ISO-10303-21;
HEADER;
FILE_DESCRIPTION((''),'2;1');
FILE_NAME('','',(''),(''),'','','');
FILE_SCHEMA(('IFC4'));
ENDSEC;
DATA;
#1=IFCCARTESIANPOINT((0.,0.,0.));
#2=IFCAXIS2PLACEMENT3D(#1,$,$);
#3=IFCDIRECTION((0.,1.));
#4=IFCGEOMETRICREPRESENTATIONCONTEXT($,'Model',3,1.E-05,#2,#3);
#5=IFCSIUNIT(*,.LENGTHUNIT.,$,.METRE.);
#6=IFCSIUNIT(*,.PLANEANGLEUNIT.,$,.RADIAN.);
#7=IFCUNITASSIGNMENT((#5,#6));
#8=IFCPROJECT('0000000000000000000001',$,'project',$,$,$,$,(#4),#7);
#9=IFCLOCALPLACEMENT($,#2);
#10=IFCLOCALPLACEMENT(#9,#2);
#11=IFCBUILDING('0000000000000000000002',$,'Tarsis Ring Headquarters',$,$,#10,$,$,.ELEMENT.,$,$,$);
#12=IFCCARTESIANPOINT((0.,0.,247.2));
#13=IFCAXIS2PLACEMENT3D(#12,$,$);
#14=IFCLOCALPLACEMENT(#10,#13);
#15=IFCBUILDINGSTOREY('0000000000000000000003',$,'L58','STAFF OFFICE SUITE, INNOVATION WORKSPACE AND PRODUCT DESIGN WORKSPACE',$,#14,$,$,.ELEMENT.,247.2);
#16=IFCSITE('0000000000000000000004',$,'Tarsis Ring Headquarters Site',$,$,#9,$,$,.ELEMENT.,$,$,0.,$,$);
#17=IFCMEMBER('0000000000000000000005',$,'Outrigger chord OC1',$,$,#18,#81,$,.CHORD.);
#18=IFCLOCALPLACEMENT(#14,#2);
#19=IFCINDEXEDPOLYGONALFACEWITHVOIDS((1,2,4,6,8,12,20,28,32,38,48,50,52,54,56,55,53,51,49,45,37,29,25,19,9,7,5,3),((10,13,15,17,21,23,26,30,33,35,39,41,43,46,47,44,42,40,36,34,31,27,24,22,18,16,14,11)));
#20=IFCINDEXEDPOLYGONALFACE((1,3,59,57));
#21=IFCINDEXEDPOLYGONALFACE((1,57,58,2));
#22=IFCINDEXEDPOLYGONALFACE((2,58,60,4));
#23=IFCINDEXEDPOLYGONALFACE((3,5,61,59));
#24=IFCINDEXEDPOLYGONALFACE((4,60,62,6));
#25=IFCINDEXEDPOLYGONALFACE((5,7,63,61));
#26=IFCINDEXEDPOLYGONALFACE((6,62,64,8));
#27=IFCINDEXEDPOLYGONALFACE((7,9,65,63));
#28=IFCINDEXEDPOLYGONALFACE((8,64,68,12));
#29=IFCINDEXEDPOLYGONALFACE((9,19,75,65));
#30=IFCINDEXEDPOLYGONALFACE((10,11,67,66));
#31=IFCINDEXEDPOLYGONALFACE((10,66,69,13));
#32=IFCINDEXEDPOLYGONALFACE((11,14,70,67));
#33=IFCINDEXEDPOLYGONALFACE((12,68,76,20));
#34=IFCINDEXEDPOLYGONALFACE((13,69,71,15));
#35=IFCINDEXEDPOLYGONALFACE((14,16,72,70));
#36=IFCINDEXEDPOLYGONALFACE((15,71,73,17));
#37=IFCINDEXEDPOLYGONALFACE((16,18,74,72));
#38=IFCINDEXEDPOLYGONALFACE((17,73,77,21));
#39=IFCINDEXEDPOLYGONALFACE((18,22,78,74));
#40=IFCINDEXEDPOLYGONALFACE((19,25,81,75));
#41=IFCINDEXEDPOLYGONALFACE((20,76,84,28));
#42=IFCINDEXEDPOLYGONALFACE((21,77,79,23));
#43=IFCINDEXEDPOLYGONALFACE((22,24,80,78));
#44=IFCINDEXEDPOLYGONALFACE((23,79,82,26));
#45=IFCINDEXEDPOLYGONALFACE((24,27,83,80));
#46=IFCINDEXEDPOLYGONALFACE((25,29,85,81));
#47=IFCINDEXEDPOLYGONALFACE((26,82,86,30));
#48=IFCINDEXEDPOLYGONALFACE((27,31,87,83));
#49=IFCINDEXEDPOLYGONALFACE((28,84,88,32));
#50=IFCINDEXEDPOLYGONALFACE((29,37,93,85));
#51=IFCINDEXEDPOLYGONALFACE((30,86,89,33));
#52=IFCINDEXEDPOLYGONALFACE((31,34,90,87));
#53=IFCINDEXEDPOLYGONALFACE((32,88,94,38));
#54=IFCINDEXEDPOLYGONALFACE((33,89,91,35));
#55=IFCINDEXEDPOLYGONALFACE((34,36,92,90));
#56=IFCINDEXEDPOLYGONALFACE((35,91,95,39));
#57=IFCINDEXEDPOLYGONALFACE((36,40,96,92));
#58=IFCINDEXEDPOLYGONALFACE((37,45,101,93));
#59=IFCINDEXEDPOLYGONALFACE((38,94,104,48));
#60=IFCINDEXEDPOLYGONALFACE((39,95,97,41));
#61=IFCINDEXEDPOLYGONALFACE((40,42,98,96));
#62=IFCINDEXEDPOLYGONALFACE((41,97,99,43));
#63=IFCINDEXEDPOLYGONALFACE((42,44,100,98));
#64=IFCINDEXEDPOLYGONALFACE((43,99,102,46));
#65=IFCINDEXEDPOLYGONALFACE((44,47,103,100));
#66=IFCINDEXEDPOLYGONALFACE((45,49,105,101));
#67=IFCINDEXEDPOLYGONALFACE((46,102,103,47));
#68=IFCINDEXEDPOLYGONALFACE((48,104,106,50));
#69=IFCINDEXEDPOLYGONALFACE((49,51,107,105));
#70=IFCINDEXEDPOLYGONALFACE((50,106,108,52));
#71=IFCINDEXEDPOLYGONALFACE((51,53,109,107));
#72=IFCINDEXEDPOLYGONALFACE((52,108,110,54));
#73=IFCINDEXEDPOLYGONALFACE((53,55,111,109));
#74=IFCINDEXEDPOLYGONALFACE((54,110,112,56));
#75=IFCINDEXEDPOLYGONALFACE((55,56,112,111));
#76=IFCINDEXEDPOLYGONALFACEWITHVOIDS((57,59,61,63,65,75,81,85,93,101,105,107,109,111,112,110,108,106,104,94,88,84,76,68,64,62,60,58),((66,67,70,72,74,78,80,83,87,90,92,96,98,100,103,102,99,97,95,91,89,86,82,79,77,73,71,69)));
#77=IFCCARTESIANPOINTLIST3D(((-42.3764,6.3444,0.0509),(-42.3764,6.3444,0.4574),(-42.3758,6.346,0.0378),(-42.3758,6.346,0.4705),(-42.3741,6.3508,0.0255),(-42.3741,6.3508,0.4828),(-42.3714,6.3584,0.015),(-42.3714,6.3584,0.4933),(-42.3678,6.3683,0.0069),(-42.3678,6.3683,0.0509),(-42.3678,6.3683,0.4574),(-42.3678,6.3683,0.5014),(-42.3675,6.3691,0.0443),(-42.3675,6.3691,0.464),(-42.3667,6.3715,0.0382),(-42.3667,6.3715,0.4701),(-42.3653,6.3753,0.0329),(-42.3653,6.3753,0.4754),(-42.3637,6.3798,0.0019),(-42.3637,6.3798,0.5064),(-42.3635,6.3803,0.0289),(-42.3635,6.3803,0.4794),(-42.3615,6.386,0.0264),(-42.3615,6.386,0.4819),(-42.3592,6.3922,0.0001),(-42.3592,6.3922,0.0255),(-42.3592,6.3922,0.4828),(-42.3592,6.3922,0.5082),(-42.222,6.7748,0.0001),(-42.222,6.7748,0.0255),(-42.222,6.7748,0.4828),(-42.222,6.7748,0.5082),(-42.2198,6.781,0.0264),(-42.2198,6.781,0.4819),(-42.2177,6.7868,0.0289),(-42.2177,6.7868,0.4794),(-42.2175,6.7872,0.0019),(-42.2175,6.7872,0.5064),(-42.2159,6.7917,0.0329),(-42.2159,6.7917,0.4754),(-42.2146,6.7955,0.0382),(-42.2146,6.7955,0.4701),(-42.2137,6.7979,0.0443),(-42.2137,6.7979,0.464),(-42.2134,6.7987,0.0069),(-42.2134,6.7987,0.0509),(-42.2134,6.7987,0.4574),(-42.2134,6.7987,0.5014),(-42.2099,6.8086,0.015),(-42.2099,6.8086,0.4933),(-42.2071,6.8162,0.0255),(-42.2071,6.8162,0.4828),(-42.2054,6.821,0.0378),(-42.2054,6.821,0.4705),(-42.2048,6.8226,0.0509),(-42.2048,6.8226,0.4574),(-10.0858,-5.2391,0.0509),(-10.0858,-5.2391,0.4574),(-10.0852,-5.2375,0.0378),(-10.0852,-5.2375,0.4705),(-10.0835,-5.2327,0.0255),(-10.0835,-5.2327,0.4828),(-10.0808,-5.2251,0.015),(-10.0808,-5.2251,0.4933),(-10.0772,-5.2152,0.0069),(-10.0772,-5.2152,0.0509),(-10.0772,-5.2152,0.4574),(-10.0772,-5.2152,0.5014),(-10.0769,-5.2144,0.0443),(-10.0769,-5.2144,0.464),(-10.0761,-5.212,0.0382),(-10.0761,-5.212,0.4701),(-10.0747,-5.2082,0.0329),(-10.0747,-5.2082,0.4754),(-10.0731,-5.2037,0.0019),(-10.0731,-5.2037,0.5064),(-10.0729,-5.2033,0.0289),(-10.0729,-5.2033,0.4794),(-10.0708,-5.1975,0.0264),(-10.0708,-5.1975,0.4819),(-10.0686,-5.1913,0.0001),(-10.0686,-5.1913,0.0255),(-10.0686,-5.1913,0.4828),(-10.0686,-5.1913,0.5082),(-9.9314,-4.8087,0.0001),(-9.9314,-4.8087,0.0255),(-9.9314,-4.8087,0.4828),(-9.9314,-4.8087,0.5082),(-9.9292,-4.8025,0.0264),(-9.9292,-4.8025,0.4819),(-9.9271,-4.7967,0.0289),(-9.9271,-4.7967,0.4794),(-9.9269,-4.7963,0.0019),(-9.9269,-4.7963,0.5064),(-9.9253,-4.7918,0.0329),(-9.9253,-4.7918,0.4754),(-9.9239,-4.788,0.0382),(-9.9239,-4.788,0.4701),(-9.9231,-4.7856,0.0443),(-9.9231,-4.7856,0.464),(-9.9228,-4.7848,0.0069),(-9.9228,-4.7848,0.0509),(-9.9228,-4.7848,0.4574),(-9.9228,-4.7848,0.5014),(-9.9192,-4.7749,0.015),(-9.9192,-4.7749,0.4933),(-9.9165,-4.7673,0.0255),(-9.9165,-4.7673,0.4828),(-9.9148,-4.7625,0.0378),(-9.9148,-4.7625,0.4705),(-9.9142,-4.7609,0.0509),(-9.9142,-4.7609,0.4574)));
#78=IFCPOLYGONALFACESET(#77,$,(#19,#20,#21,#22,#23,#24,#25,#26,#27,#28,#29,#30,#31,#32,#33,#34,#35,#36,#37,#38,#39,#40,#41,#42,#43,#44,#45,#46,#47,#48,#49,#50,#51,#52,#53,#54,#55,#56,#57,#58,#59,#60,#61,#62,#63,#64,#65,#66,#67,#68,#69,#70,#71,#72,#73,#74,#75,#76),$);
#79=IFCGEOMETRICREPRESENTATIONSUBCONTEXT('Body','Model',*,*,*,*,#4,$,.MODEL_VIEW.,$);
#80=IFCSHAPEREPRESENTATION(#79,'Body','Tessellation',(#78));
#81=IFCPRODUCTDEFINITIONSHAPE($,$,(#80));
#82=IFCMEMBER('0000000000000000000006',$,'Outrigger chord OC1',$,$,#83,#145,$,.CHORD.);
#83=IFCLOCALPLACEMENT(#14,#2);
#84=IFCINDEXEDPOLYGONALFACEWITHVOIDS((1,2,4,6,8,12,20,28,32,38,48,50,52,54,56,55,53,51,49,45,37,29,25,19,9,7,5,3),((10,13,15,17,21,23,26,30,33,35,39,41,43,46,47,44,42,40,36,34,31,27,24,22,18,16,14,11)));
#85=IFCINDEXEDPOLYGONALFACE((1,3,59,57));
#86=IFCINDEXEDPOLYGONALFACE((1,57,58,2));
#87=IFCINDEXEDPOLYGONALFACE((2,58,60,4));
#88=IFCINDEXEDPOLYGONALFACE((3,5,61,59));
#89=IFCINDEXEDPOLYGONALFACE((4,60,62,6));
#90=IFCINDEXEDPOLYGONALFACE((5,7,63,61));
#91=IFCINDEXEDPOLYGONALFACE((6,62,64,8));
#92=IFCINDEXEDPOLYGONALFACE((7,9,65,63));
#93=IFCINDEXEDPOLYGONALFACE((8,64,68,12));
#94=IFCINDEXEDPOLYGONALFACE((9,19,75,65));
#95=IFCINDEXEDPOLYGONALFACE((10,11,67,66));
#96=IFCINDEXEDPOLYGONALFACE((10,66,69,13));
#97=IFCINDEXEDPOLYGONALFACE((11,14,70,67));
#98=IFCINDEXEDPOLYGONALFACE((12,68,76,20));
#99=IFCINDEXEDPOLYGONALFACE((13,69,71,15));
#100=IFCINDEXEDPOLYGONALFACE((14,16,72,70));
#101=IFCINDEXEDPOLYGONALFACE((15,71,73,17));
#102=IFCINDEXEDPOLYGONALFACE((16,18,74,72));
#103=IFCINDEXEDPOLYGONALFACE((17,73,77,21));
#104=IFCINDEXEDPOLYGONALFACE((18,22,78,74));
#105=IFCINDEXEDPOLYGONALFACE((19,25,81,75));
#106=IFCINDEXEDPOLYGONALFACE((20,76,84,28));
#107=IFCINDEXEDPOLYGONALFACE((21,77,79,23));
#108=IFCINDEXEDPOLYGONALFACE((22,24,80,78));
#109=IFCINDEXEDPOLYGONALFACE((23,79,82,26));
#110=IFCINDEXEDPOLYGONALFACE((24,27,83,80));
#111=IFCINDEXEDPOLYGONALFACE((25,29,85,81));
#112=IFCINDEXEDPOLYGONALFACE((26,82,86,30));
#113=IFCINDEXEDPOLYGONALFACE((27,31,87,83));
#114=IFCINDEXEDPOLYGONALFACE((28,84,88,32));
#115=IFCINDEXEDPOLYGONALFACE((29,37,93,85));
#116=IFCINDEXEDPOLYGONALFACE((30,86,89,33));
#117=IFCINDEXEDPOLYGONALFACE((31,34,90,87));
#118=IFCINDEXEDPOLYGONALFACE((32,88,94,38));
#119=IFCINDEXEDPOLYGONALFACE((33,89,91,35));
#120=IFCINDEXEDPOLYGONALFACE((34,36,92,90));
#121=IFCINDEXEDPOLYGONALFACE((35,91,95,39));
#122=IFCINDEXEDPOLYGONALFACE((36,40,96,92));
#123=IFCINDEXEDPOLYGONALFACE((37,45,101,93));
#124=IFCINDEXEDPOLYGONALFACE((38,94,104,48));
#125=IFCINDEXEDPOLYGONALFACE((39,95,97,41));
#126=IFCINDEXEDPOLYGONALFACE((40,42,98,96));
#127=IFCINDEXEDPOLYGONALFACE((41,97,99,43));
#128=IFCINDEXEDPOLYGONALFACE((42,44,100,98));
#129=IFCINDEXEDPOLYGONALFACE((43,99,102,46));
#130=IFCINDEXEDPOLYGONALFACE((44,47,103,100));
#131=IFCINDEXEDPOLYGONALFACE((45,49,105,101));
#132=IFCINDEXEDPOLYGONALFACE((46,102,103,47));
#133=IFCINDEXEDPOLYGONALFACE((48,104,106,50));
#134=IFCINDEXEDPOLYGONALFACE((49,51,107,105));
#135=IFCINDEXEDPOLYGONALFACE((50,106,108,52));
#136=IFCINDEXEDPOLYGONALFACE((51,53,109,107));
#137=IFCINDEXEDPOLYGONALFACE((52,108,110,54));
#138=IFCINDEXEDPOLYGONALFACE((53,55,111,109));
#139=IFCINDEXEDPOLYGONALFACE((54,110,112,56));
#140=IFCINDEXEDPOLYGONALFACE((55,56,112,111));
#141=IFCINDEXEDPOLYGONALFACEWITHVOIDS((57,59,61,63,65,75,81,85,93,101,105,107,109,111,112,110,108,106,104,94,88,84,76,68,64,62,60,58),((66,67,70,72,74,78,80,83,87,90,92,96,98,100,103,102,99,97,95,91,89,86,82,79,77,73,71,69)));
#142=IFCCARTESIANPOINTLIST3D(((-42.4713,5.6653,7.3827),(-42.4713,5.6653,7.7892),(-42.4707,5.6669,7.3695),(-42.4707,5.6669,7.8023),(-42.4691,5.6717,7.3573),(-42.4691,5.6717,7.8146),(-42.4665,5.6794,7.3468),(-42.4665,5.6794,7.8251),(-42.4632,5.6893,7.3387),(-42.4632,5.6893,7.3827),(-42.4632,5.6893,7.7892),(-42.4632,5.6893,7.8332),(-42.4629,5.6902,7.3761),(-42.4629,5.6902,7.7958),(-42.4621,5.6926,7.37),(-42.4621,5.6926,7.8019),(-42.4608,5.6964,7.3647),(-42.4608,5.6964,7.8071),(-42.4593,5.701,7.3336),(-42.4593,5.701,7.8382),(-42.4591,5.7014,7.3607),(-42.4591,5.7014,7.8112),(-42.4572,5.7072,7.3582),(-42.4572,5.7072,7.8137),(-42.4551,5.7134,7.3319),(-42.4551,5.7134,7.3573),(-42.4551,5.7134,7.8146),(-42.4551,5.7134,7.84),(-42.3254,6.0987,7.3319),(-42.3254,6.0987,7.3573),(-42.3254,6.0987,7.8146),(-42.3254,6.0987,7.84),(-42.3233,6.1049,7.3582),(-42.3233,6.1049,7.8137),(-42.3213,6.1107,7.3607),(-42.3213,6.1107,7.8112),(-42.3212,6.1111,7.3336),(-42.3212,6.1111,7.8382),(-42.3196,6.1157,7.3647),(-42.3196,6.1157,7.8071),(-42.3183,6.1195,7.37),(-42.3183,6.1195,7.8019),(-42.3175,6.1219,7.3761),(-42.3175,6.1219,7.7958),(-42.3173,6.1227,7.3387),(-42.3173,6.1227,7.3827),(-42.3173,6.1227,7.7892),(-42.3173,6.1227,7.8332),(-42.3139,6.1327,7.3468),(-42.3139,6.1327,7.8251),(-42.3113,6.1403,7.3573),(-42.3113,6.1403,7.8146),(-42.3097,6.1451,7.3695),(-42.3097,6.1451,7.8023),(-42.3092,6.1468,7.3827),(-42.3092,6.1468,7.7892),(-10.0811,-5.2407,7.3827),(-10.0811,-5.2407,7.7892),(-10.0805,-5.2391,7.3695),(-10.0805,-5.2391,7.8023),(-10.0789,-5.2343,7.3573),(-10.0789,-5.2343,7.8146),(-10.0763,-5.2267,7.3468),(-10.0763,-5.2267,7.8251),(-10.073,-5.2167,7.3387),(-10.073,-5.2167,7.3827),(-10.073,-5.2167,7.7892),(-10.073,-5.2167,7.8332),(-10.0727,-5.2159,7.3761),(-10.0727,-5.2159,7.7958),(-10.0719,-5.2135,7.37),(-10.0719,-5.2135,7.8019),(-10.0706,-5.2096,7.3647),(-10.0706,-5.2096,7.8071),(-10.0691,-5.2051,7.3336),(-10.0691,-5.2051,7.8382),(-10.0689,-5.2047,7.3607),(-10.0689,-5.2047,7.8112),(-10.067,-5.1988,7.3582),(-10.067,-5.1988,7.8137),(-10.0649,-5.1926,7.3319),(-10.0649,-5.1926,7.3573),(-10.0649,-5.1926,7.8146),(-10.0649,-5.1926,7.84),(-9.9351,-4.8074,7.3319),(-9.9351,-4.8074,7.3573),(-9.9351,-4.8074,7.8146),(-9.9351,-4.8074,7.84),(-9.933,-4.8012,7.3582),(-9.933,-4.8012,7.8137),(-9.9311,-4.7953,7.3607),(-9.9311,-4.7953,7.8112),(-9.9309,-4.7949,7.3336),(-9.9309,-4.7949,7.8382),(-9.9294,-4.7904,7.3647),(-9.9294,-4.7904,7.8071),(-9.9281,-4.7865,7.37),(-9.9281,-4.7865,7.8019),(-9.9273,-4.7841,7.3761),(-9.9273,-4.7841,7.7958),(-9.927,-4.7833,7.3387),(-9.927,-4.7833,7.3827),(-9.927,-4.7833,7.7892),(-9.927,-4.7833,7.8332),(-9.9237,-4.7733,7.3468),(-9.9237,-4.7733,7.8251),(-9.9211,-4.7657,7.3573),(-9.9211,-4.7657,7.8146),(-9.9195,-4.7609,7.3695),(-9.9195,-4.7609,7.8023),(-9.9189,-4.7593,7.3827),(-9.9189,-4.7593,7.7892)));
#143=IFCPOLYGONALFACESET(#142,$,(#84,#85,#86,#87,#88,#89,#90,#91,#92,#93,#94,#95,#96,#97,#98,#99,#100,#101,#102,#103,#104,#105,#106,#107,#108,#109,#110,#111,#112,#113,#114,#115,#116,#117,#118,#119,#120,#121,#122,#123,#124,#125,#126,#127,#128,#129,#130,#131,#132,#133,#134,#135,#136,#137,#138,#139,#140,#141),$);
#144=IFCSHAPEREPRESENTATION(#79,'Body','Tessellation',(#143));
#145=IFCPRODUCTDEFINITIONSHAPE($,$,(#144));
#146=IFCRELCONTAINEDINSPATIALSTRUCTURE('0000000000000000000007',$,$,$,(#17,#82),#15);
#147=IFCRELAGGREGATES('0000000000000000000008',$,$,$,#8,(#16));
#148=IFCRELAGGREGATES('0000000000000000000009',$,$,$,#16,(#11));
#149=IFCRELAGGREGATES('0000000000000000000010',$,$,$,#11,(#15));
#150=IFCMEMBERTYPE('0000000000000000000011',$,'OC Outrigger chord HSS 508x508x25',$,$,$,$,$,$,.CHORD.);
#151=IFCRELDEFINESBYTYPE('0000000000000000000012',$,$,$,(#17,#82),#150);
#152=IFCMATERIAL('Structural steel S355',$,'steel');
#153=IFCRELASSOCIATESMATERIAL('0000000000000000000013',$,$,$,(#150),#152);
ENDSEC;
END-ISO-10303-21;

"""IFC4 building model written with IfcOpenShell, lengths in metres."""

from ifc_helpers import new_model, si_unit, direction, frame, origin, origin_2d, place, context, subcontext, project, spatial, hollow_rectangle, extrude, material, material_profile, profile_set, type_object, element, save


model = new_model("IFC4")

# Units and contexts
model_context = context("Model", 3, precision=1e-05, world=origin(), true_north=direction((0.0, 1.0)))
body_context = subcontext(model_context, "Body", "Model", "MODEL_VIEW")
ifc_project = project(units=[si_unit("LENGTHUNIT", "METRE"), si_unit("PLANEANGLEUNIT", "RADIAN")], contexts=[model_context])

# Site, building, storey
site_placement = place(None, origin())
site = spatial("IfcSite", under=ifc_project, at=site_placement, Name="Tarsis Ring Headquarters Site", CompositionType="ELEMENT", RefElevation=0.0)
building_placement = place(site_placement, origin())
building = spatial("IfcBuilding", under=site, at=building_placement, Name="Tarsis Ring Headquarters", CompositionType="ELEMENT")
storey_placement = place(building_placement, frame((0.0, 0.0, 247.2)))
storey = spatial("IfcBuildingStorey", under=building, at=storey_placement, Name="L58", Description="STAFF OFFICE SUITE, INNOVATION WORKSPACE AND PRODUCT DESIGN WORKSPACE", CompositionType="ELEMENT", Elevation=247.2)

# Members
ifc_material_1 = material(Name="Structural steel S355", Category="steel")
ifc_material_profile_1 = material_profile(ifc_material_1, hollow_rectangle(XDim=0.5081, YDim=0.5081, WallThickness=0.0254, InnerFilletRadius=0.0254, OuterFilletRadius=0.0508, at=origin_2d()), Name="HSS 508x508x25")
ifc_profile_set_1 = profile_set([ifc_material_profile_1], Name="Structural steel S355")
member_type_1 = type_object("IfcMemberType", Name="OC Outrigger chord HSS 508x508x25", PredefinedType="CHORD", material=ifc_profile_set_1)
member_1_placement = place(storey_placement, frame((-10.0, -5.0, 0.2542), z_axis=(-0.941269, 0.337659, 0.0), x_axis=(-0.337659, -0.941269, 0.0)))
element("IfcMember", 1, at=member_1_placement, inside=storey, type_object=member_type_1, Name="Outrigger chord OC1", PredefinedType="CHORD", context=body_context, shape_type="SweptSolid", body=[
    extrude(hollow_rectangle(XDim=0.5081, YDim=0.5081, WallThickness=0.0254, InnerFilletRadius=0.0254, OuterFilletRadius=0.0508, at=origin_2d()), origin(), (0.0, 0.0, 1.0), 34.3054),
])
member_2_placement = place(storey_placement, frame((-10.0, -5.0, 7.5859), z_axis=(-0.94772, 0.319104, 0.0), x_axis=(-0.319104, -0.94772, 0.0)))
element("IfcMember", 2, at=member_2_placement, inside=storey, type_object=member_type_1, Name="Outrigger chord OC1", PredefinedType="CHORD", context=body_context, shape_type="SweptSolid", body=[
    extrude(hollow_rectangle(XDim=0.5081, YDim=0.5081, WallThickness=0.0254, InnerFilletRadius=0.0254, OuterFilletRadius=0.0508, at=origin_2d()), origin(), (0.0, 0.0, 1.0), 34.177),
])

save(model, "model.ifc")
